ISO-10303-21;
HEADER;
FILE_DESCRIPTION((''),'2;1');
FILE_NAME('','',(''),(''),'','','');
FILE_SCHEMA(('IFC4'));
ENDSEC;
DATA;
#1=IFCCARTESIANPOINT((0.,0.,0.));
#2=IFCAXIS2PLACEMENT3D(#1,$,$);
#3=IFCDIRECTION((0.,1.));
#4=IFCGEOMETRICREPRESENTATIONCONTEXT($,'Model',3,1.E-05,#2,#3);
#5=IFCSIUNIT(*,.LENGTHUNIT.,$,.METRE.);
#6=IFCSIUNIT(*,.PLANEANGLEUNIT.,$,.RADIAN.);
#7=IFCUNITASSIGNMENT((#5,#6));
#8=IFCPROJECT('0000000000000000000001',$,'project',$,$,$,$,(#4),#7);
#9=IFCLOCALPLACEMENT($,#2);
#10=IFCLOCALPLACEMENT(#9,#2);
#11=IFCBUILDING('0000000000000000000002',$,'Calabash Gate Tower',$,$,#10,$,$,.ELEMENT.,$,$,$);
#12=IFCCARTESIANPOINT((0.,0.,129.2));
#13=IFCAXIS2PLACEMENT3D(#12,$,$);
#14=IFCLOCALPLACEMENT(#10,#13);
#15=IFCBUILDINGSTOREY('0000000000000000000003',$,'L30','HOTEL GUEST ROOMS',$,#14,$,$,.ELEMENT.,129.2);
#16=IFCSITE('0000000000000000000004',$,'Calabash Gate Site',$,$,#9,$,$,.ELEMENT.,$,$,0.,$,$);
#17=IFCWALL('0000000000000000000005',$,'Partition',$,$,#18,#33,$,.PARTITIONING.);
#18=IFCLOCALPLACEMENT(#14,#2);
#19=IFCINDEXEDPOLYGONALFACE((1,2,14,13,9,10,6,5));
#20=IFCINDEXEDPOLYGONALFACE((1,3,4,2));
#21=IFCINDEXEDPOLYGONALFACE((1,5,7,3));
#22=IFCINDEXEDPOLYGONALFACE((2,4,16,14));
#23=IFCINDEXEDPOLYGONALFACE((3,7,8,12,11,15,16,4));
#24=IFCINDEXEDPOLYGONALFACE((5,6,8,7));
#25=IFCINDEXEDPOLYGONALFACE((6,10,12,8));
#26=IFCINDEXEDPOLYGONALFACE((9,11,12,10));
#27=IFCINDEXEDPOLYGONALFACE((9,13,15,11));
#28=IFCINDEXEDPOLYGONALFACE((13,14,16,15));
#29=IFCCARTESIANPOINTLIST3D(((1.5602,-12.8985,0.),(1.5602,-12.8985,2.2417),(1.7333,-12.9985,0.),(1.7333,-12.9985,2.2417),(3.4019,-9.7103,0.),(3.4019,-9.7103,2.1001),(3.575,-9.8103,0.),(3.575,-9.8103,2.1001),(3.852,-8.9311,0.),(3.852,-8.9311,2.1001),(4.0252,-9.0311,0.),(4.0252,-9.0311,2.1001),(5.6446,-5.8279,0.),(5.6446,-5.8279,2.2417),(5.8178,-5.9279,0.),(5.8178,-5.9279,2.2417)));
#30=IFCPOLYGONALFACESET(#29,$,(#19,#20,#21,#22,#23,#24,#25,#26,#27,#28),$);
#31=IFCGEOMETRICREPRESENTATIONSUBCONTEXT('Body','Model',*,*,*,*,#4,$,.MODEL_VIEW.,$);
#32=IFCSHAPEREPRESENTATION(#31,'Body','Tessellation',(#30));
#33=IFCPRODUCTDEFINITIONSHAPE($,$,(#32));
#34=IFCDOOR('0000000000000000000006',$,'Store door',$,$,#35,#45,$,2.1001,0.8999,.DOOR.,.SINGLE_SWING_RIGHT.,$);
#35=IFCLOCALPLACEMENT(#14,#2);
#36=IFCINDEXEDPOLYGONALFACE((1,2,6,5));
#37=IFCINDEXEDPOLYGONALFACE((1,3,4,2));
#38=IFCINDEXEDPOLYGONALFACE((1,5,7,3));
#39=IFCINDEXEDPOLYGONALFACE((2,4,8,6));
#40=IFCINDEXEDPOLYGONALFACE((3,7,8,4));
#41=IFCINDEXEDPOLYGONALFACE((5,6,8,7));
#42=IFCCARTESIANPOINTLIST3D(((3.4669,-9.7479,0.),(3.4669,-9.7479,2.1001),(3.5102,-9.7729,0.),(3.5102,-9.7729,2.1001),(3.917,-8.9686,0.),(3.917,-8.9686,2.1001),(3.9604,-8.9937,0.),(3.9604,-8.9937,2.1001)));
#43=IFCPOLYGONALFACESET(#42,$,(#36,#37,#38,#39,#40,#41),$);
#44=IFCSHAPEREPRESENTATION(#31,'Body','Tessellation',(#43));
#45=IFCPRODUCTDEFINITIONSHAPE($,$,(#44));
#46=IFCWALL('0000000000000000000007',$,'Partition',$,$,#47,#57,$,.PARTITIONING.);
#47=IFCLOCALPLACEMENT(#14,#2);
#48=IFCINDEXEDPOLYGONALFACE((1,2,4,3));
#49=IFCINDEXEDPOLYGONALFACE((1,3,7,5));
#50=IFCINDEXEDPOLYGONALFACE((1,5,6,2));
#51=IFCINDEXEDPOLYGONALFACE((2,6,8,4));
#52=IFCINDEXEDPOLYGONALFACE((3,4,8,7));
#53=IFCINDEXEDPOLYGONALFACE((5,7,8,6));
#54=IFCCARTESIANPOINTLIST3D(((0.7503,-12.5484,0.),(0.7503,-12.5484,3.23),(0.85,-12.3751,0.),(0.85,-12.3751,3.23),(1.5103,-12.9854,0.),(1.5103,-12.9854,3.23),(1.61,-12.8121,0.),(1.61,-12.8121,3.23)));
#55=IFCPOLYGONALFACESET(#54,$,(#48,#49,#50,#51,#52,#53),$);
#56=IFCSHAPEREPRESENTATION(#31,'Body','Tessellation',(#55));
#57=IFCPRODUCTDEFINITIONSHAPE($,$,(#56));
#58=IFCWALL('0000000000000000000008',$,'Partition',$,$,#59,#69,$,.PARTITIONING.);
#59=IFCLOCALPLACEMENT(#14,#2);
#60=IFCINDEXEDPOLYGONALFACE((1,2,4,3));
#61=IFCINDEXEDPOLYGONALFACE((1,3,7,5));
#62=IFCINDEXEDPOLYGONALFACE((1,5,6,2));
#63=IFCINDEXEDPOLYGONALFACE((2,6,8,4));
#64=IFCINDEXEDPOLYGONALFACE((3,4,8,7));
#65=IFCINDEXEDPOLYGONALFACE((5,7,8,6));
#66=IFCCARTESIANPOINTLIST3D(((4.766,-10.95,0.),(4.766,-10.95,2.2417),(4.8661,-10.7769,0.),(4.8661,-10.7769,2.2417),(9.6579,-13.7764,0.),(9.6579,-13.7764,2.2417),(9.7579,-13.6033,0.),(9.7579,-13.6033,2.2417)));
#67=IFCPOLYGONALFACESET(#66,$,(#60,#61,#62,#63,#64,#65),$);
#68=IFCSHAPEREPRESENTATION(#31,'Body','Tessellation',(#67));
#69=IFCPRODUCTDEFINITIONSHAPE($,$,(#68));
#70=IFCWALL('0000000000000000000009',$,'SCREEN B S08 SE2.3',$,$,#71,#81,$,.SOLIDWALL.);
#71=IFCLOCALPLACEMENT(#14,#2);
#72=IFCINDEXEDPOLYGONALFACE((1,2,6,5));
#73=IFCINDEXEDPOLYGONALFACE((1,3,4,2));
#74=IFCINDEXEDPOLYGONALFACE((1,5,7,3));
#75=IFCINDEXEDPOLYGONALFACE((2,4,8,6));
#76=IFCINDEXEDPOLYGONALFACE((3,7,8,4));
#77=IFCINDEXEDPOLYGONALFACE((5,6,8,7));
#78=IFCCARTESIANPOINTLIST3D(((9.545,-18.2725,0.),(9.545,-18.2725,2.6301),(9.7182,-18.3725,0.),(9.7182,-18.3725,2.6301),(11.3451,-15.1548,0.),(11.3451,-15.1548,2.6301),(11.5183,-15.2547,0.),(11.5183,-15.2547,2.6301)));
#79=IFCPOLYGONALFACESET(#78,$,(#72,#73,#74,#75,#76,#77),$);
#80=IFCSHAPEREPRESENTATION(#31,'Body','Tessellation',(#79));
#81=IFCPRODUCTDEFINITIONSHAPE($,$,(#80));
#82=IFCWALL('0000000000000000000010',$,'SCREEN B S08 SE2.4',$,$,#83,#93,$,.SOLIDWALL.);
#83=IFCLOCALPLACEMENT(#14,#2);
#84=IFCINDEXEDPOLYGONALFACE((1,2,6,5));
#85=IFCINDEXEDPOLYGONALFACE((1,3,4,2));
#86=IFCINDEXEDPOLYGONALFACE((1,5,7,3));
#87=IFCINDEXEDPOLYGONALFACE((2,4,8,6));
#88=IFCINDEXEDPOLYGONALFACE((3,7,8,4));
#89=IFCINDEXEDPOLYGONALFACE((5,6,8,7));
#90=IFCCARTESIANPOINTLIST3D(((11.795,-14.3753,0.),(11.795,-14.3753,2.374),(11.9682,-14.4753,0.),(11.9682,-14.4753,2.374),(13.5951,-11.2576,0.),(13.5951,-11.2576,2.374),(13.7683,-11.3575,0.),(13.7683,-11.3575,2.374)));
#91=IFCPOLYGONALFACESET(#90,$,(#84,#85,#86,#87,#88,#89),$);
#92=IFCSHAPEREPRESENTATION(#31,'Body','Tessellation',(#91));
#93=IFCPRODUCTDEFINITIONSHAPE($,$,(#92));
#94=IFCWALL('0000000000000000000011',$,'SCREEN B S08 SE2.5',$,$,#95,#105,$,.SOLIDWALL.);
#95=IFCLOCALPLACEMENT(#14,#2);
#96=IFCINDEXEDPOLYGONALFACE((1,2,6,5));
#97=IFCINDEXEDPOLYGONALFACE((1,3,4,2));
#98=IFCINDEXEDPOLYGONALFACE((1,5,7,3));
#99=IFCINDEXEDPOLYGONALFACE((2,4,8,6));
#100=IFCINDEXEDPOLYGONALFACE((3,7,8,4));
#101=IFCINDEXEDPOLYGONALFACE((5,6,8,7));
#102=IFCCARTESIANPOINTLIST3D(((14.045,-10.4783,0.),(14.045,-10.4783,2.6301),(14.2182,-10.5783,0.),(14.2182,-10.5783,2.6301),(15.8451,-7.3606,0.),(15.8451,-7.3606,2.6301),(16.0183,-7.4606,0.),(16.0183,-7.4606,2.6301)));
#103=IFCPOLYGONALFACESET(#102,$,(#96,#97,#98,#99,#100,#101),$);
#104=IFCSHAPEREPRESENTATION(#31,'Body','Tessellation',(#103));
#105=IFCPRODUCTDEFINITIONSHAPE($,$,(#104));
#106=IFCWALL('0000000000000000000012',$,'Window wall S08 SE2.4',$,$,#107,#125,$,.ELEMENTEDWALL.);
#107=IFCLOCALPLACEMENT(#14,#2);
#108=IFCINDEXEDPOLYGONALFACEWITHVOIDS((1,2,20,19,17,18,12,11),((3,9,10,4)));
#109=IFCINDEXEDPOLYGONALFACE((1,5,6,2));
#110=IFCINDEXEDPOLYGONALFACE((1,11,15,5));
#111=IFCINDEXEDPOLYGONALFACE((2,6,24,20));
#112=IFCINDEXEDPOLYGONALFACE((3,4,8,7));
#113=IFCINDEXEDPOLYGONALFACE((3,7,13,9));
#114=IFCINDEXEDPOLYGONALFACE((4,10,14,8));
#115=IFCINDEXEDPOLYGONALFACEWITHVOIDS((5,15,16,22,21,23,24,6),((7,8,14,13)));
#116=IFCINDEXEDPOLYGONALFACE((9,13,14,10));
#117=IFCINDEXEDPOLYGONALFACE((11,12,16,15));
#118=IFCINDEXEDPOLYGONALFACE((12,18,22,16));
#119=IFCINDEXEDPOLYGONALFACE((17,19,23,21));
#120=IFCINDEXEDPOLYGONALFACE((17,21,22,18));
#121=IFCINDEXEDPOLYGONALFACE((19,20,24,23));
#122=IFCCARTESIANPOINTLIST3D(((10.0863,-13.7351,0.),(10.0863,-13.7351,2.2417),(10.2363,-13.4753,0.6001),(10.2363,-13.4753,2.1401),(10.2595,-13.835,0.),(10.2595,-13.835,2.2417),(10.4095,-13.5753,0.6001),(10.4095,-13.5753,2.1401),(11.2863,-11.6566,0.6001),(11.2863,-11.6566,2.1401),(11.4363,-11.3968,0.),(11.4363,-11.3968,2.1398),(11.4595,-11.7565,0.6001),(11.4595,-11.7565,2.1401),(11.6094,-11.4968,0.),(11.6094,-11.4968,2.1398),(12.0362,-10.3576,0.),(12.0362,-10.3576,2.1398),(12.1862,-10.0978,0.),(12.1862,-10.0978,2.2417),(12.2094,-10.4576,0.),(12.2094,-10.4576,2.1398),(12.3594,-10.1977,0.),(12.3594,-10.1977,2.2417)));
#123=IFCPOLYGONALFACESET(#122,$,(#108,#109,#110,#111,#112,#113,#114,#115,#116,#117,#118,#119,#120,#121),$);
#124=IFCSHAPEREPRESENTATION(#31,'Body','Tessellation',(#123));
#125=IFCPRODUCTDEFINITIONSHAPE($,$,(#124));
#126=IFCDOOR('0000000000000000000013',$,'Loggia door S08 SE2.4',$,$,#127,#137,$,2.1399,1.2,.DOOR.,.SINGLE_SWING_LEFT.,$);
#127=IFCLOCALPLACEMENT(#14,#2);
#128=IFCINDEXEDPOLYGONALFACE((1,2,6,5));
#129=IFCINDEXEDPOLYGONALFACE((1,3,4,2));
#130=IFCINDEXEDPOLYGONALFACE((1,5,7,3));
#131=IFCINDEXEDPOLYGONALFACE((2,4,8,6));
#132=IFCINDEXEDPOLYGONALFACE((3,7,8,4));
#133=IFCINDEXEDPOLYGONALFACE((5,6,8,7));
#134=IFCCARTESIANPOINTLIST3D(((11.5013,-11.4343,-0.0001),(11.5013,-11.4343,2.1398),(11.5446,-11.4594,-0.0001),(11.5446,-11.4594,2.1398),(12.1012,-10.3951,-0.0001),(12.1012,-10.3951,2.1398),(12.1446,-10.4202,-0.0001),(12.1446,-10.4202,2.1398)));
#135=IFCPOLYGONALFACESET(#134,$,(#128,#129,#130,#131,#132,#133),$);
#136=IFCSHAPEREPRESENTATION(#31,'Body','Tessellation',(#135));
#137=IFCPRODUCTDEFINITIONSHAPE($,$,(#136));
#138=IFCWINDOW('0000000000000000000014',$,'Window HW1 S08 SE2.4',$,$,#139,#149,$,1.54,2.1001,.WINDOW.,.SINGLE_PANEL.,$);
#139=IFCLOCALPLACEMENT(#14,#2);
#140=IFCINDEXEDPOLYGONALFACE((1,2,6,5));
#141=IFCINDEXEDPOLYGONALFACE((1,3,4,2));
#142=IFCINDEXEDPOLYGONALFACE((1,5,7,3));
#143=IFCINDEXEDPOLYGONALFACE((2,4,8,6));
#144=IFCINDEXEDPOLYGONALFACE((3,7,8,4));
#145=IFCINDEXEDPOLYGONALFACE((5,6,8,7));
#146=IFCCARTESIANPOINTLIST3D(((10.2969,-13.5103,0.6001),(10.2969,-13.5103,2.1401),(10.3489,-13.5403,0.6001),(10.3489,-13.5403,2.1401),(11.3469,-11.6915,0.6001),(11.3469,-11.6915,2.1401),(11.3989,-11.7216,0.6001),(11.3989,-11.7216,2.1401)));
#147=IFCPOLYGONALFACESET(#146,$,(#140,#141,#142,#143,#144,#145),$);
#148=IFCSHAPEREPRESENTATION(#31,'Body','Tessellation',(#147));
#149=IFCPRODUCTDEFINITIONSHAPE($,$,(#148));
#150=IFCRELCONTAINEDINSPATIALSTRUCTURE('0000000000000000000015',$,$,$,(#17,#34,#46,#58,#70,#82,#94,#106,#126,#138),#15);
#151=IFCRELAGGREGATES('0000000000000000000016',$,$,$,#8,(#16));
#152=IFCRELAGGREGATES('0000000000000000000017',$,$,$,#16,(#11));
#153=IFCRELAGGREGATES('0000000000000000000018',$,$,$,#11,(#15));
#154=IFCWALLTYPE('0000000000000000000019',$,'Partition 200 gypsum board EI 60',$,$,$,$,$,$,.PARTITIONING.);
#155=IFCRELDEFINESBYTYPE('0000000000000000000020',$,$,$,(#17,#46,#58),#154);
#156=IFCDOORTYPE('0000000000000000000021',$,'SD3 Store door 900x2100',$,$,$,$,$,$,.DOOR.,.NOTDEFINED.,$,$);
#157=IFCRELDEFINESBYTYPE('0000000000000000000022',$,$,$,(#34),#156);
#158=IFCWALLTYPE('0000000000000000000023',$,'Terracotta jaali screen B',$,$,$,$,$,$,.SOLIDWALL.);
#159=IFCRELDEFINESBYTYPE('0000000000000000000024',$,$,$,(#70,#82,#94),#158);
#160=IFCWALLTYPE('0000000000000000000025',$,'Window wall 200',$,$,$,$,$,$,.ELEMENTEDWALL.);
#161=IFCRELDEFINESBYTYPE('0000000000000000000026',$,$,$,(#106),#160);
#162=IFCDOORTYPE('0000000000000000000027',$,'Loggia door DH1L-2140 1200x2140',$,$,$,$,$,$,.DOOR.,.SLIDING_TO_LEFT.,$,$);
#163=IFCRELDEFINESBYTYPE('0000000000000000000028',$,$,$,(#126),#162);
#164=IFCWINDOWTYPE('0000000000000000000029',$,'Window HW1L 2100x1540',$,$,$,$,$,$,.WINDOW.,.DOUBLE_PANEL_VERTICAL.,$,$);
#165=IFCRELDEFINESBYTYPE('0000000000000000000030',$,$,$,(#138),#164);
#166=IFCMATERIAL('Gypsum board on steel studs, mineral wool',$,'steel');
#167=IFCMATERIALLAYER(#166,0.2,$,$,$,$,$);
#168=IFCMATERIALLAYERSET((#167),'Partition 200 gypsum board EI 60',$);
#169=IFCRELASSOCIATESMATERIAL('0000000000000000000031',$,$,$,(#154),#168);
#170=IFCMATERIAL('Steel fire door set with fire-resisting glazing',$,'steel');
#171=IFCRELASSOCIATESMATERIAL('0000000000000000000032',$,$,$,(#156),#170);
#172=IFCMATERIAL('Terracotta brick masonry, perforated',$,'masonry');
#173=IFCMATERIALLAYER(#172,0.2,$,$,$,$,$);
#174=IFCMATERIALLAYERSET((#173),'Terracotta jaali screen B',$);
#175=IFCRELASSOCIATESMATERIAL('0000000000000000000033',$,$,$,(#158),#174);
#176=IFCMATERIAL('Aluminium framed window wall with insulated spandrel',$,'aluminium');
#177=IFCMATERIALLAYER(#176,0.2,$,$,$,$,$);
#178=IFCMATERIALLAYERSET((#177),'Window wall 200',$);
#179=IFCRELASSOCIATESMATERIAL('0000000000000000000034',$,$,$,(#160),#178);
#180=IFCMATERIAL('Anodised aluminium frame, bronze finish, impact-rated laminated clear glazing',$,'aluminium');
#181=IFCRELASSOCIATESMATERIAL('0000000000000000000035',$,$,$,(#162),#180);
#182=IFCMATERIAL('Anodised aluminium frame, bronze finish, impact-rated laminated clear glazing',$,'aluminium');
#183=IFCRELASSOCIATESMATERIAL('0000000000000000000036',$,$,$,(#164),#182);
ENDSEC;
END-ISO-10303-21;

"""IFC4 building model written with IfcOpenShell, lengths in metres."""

from ifc_helpers import new_model, si_unit, direction, frame, frame_2d, origin, place, context, subcontext, project, spatial, rectangle, extrude, material, layer, layer_set, type_object, element, fill, save


model = new_model("IFC4")

# Units and contexts
model_context = context("Model", 3, precision=1e-05, world=origin(), true_north=direction((0.0, 1.0)))
body_context = subcontext(model_context, "Body", "Model", "MODEL_VIEW")
ifc_project = project(units=[si_unit("LENGTHUNIT", "METRE"), si_unit("PLANEANGLEUNIT", "RADIAN")], contexts=[model_context])

# Site, building, storey
site_placement = place(None, origin())
site = spatial("IfcSite", under=ifc_project, at=site_placement, Name="Calabash Gate Site", CompositionType="ELEMENT", RefElevation=0.0)
building_placement = place(site_placement, origin())
building = spatial("IfcBuilding", under=site, at=building_placement, Name="Calabash Gate Tower", CompositionType="ELEMENT")
storey_placement = place(building_placement, frame((0.0, 0.0, 129.2)))
storey = spatial("IfcBuildingStorey", under=building, at=storey_placement, Name="L30", Description="HOTEL GUEST ROOMS", CompositionType="ELEMENT", Elevation=129.2)

# Shared definitions
ifc_material_1 = material(Name="Gypsum board on steel studs, mineral wool", Category="steel")
ifc_layer_1 = layer(ifc_material_1, 0.2)
ifc_layer_set_1 = layer_set([ifc_layer_1], Name="Partition 200 gypsum board EI 60")
wall_type_1 = type_object("IfcWallType", Name="Partition 200 gypsum board EI 60", PredefinedType="PARTITIONING", material=ifc_layer_set_1)

# Wall, opening, door
wall_1_placement = place(storey_placement, frame((1.6467, -12.9485, 0.0), z_axis=(0.0, 0.0, 1.0), x_axis=(0.50021, 0.865904, 0.0)))
wall_1 = element("IfcWall", 1, at=wall_1_placement, inside=storey, type_object=wall_type_1, Name="Partition", PredefinedType="PARTITIONING", context=body_context, shape_type="SweptSolid", body=[
    extrude(rectangle(XDim=8.1655, YDim=0.2, at=frame_2d((4.0828, 0.0))), origin(), (0.0, 0.0, 1.0), 2.2417),
])
opening_1_placement = place(wall_1_placement, frame((3.6819, 0.0, 0.0)))
opening_1 = element("IfcOpeningElement", 2, at=opening_1_placement, cuts=wall_1, PredefinedType="OPENING", context=body_context, shape_type="SweptSolid", body=[
    extrude(rectangle(XDim=0.8999, YDim=2.1001, at=frame_2d((0.45, 1.05))), frame((0.0, 0.1099, 0.0), z_axis=(0.0, -1.0, 0.0), x_axis=(1.0, 0.0, 0.0)), (0.0, 0.0, 1.0), 0.22),
])
ifc_material_2 = material(Name="Steel fire door set with fire-resisting glazing", Category="steel")
door_type_1 = type_object("IfcDoorType", Name="SD3 Store door 900x2100", OperationType="NOTDEFINED", PredefinedType="DOOR", material=ifc_material_2)
door_1_placement = place(opening_1_placement, origin())
door_1 = element("IfcDoor", 3, at=door_1_placement, inside=storey, type_object=door_type_1, Name="Store door", OperationType="SINGLE_SWING_RIGHT", OverallHeight=2.1001, OverallWidth=0.8999, PredefinedType="DOOR", context=body_context, shape_type="SweptSolid", body=[
    extrude(rectangle(XDim=0.8999, YDim=2.1001, at=frame_2d((0.45, 1.05))), frame((0.0, 0.0249, 0.0), z_axis=(0.0, -1.0, 0.0), x_axis=(1.0, 0.0, 0.0)), (0.0, 0.0, 1.0), 0.05),
])
fill(opening_1, door_1)

# Walls
wall_2_placement = place(storey_placement, frame((0.8, -12.4617, 0.0), z_axis=(0.0, 0.0, 1.0), x_axis=(0.866903, -0.498476, 0.0)))
element("IfcWall", 4, at=wall_2_placement, inside=storey, type_object=wall_type_1, Name="Partition", PredefinedType="PARTITIONING", context=body_context, shape_type="SweptSolid", body=[
    extrude(rectangle(XDim=0.8767, YDim=0.2, at=frame_2d((0.4385, 0.0))), origin(), (0.0, 0.0, 1.0), 3.23),
])
wall_3_placement = place(storey_placement, frame((4.8162, -10.8635, 0.0), z_axis=(0.0, 0.0, 1.0), x_axis=(0.865864, -0.50028, 0.0)))
element("IfcWall", 5, at=wall_3_placement, inside=storey, type_object=wall_type_1, Name="Partition", PredefinedType="PARTITIONING", context=body_context, shape_type="SweptSolid", body=[
    extrude(rectangle(XDim=5.6497, YDim=0.2, at=frame_2d((2.8247, 0.0))), origin(), (0.0, 0.0, 1.0), 2.2417),
])
ifc_material_3 = material(Name="Terracotta brick masonry, perforated", Category="masonry")
ifc_layer_2 = layer(ifc_material_3, 0.2)
ifc_layer_set_2 = layer_set([ifc_layer_2], Name="Terracotta jaali screen B")
wall_type_2 = type_object("IfcWallType", Name="Terracotta jaali screen B", PredefinedType="SOLIDWALL", material=ifc_layer_set_2)
wall_4_placement = place(storey_placement, frame((9.6316, -18.3225, 0.0), z_axis=(0.0, 0.0, 1.0), x_axis=(0.500012, 0.866018, 0.0)))
element("IfcWall", 6, at=wall_4_placement, inside=storey, type_object=wall_type_2, Name="SCREEN B S08 SE2.3", PredefinedType="SOLIDWALL", context=body_context, shape_type="SweptSolid", body=[
    extrude(rectangle(XDim=3.6001, YDim=0.2, at=frame_2d((1.8, 0.0))), origin(), (0.0, 0.0, 1.0), 2.6301),
])
wall_5_placement = place(storey_placement, frame((11.8816, -14.4253, 0.0), z_axis=(0.0, 0.0, 1.0), x_axis=(0.500012, 0.866018, 0.0)))
element("IfcWall", 7, at=wall_5_placement, inside=storey, type_object=wall_type_2, Name="SCREEN B S08 SE2.4", PredefinedType="SOLIDWALL", context=body_context, shape_type="SweptSolid", body=[
    extrude(rectangle(XDim=3.6001, YDim=0.2, at=frame_2d((1.8, 0.0))), origin(), (0.0, 0.0, 1.0), 2.374),
])
wall_6_placement = place(storey_placement, frame((14.1316, -10.5283, 0.0), z_axis=(0.0, 0.0, 1.0), x_axis=(0.500012, 0.866018, 0.0)))
element("IfcWall", 8, at=wall_6_placement, inside=storey, type_object=wall_type_2, Name="SCREEN B S08 SE2.5", PredefinedType="SOLIDWALL", context=body_context, shape_type="SweptSolid", body=[
    extrude(rectangle(XDim=3.6001, YDim=0.2, at=frame_2d((1.8, 0.0))), origin(), (0.0, 0.0, 1.0), 2.6301),
])

# Wall, openings, door, window
ifc_material_4 = material(Name="Aluminium framed window wall with insulated spandrel", Category="aluminium")
ifc_layer_3 = layer(ifc_material_4, 0.2)
ifc_layer_set_3 = layer_set([ifc_layer_3], Name="Window wall 200")
wall_type_3 = type_object("IfcWallType", Name="Window wall 200", PredefinedType="ELEMENTEDWALL", material=ifc_layer_set_3)
wall_7_placement = place(storey_placement, frame((10.1729, -13.7852, 0.0), z_axis=(0.0, 0.0, 1.0), x_axis=(0.499984, 0.866035, 0.0)))
wall_7 = element("IfcWall", 9, at=wall_7_placement, inside=storey, type_object=wall_type_3, Name="Window wall S08 SE2.4", PredefinedType="ELEMENTEDWALL", context=body_context, shape_type="SweptSolid", body=[
    extrude(rectangle(XDim=4.2, YDim=0.2, at=frame_2d((2.1001, 0.0))), origin(), (0.0, 0.0, 1.0), 2.2417),
])
opening_2_placement = place(wall_7_placement, frame((0.3, 0.0, 0.6001)))
opening_2 = element("IfcOpeningElement", 10, at=opening_2_placement, cuts=wall_7, PredefinedType="OPENING", context=body_context, shape_type="SweptSolid", body=[
    extrude(rectangle(XDim=2.1001, YDim=1.54, at=frame_2d((1.05, 0.77))), frame((0.0, 0.1099, 0.0), z_axis=(0.0, -1.0, 0.0), x_axis=(1.0, 0.0, 0.0)), (0.0, 0.0, 1.0), 0.22),
])
opening_3_placement = place(wall_7_placement, frame((2.7, 0.0, 0.0)))
opening_3 = element("IfcOpeningElement", 11, at=opening_3_placement, cuts=wall_7, PredefinedType="OPENING", context=body_context, shape_type="SweptSolid", body=[
    extrude(rectangle(XDim=1.2, YDim=2.1399, at=frame_2d((0.6001, 1.0698))), frame((0.0, 0.1099, 0.0), z_axis=(0.0, -1.0, 0.0), x_axis=(1.0, 0.0, 0.0)), (0.0, 0.0, 1.0), 0.22),
])
ifc_material_5 = material(Name="Anodised aluminium frame, bronze finish, impact-rated laminated clear glazing", Category="aluminium")
door_type_2 = type_object("IfcDoorType", Name="Loggia door DH1L-2140 1200x2140", OperationType="SLIDING_TO_LEFT", PredefinedType="DOOR", material=ifc_material_5)
door_2_placement = place(opening_3_placement, origin())
door_2 = element("IfcDoor", 12, at=door_2_placement, inside=storey, type_object=door_type_2, Name="Loggia door S08 SE2.4", OperationType="SINGLE_SWING_LEFT", OverallHeight=2.1399, OverallWidth=1.2, PredefinedType="DOOR", context=body_context, shape_type="SweptSolid", body=[
    extrude(rectangle(XDim=1.2, YDim=2.1399, at=frame_2d((0.6001, 1.0698))), frame((0.0, 0.0249, 0.0), z_axis=(0.0, -1.0, 0.0), x_axis=(1.0, 0.0, 0.0)), (0.0, 0.0, 1.0), 0.05),
])
fill(opening_3, door_2)
ifc_material_6 = material(Name="Anodised aluminium frame, bronze finish, impact-rated laminated clear glazing", Category="aluminium")
window_type_1 = type_object("IfcWindowType", Name="Window HW1L 2100x1540", PartitioningType="DOUBLE_PANEL_VERTICAL", PredefinedType="WINDOW", material=ifc_material_6)
window_1_placement = place(opening_2_placement, origin())
window_1 = element("IfcWindow", 13, at=window_1_placement, inside=storey, type_object=window_type_1, Name="Window HW1 S08 SE2.4", OverallHeight=1.54, OverallWidth=2.1001, PartitioningType="SINGLE_PANEL", PredefinedType="WINDOW", context=body_context, shape_type="SweptSolid", body=[
    extrude(rectangle(XDim=2.1001, YDim=1.54, at=frame_2d((1.05, 0.77))), frame((0.0, 0.03, 0.0), z_axis=(0.0, -1.0, 0.0), x_axis=(1.0, 0.0, 0.0)), (0.0, 0.0, 1.0), 0.0601),
])
fill(opening_2, window_1)

save(model, "model.ifc")
